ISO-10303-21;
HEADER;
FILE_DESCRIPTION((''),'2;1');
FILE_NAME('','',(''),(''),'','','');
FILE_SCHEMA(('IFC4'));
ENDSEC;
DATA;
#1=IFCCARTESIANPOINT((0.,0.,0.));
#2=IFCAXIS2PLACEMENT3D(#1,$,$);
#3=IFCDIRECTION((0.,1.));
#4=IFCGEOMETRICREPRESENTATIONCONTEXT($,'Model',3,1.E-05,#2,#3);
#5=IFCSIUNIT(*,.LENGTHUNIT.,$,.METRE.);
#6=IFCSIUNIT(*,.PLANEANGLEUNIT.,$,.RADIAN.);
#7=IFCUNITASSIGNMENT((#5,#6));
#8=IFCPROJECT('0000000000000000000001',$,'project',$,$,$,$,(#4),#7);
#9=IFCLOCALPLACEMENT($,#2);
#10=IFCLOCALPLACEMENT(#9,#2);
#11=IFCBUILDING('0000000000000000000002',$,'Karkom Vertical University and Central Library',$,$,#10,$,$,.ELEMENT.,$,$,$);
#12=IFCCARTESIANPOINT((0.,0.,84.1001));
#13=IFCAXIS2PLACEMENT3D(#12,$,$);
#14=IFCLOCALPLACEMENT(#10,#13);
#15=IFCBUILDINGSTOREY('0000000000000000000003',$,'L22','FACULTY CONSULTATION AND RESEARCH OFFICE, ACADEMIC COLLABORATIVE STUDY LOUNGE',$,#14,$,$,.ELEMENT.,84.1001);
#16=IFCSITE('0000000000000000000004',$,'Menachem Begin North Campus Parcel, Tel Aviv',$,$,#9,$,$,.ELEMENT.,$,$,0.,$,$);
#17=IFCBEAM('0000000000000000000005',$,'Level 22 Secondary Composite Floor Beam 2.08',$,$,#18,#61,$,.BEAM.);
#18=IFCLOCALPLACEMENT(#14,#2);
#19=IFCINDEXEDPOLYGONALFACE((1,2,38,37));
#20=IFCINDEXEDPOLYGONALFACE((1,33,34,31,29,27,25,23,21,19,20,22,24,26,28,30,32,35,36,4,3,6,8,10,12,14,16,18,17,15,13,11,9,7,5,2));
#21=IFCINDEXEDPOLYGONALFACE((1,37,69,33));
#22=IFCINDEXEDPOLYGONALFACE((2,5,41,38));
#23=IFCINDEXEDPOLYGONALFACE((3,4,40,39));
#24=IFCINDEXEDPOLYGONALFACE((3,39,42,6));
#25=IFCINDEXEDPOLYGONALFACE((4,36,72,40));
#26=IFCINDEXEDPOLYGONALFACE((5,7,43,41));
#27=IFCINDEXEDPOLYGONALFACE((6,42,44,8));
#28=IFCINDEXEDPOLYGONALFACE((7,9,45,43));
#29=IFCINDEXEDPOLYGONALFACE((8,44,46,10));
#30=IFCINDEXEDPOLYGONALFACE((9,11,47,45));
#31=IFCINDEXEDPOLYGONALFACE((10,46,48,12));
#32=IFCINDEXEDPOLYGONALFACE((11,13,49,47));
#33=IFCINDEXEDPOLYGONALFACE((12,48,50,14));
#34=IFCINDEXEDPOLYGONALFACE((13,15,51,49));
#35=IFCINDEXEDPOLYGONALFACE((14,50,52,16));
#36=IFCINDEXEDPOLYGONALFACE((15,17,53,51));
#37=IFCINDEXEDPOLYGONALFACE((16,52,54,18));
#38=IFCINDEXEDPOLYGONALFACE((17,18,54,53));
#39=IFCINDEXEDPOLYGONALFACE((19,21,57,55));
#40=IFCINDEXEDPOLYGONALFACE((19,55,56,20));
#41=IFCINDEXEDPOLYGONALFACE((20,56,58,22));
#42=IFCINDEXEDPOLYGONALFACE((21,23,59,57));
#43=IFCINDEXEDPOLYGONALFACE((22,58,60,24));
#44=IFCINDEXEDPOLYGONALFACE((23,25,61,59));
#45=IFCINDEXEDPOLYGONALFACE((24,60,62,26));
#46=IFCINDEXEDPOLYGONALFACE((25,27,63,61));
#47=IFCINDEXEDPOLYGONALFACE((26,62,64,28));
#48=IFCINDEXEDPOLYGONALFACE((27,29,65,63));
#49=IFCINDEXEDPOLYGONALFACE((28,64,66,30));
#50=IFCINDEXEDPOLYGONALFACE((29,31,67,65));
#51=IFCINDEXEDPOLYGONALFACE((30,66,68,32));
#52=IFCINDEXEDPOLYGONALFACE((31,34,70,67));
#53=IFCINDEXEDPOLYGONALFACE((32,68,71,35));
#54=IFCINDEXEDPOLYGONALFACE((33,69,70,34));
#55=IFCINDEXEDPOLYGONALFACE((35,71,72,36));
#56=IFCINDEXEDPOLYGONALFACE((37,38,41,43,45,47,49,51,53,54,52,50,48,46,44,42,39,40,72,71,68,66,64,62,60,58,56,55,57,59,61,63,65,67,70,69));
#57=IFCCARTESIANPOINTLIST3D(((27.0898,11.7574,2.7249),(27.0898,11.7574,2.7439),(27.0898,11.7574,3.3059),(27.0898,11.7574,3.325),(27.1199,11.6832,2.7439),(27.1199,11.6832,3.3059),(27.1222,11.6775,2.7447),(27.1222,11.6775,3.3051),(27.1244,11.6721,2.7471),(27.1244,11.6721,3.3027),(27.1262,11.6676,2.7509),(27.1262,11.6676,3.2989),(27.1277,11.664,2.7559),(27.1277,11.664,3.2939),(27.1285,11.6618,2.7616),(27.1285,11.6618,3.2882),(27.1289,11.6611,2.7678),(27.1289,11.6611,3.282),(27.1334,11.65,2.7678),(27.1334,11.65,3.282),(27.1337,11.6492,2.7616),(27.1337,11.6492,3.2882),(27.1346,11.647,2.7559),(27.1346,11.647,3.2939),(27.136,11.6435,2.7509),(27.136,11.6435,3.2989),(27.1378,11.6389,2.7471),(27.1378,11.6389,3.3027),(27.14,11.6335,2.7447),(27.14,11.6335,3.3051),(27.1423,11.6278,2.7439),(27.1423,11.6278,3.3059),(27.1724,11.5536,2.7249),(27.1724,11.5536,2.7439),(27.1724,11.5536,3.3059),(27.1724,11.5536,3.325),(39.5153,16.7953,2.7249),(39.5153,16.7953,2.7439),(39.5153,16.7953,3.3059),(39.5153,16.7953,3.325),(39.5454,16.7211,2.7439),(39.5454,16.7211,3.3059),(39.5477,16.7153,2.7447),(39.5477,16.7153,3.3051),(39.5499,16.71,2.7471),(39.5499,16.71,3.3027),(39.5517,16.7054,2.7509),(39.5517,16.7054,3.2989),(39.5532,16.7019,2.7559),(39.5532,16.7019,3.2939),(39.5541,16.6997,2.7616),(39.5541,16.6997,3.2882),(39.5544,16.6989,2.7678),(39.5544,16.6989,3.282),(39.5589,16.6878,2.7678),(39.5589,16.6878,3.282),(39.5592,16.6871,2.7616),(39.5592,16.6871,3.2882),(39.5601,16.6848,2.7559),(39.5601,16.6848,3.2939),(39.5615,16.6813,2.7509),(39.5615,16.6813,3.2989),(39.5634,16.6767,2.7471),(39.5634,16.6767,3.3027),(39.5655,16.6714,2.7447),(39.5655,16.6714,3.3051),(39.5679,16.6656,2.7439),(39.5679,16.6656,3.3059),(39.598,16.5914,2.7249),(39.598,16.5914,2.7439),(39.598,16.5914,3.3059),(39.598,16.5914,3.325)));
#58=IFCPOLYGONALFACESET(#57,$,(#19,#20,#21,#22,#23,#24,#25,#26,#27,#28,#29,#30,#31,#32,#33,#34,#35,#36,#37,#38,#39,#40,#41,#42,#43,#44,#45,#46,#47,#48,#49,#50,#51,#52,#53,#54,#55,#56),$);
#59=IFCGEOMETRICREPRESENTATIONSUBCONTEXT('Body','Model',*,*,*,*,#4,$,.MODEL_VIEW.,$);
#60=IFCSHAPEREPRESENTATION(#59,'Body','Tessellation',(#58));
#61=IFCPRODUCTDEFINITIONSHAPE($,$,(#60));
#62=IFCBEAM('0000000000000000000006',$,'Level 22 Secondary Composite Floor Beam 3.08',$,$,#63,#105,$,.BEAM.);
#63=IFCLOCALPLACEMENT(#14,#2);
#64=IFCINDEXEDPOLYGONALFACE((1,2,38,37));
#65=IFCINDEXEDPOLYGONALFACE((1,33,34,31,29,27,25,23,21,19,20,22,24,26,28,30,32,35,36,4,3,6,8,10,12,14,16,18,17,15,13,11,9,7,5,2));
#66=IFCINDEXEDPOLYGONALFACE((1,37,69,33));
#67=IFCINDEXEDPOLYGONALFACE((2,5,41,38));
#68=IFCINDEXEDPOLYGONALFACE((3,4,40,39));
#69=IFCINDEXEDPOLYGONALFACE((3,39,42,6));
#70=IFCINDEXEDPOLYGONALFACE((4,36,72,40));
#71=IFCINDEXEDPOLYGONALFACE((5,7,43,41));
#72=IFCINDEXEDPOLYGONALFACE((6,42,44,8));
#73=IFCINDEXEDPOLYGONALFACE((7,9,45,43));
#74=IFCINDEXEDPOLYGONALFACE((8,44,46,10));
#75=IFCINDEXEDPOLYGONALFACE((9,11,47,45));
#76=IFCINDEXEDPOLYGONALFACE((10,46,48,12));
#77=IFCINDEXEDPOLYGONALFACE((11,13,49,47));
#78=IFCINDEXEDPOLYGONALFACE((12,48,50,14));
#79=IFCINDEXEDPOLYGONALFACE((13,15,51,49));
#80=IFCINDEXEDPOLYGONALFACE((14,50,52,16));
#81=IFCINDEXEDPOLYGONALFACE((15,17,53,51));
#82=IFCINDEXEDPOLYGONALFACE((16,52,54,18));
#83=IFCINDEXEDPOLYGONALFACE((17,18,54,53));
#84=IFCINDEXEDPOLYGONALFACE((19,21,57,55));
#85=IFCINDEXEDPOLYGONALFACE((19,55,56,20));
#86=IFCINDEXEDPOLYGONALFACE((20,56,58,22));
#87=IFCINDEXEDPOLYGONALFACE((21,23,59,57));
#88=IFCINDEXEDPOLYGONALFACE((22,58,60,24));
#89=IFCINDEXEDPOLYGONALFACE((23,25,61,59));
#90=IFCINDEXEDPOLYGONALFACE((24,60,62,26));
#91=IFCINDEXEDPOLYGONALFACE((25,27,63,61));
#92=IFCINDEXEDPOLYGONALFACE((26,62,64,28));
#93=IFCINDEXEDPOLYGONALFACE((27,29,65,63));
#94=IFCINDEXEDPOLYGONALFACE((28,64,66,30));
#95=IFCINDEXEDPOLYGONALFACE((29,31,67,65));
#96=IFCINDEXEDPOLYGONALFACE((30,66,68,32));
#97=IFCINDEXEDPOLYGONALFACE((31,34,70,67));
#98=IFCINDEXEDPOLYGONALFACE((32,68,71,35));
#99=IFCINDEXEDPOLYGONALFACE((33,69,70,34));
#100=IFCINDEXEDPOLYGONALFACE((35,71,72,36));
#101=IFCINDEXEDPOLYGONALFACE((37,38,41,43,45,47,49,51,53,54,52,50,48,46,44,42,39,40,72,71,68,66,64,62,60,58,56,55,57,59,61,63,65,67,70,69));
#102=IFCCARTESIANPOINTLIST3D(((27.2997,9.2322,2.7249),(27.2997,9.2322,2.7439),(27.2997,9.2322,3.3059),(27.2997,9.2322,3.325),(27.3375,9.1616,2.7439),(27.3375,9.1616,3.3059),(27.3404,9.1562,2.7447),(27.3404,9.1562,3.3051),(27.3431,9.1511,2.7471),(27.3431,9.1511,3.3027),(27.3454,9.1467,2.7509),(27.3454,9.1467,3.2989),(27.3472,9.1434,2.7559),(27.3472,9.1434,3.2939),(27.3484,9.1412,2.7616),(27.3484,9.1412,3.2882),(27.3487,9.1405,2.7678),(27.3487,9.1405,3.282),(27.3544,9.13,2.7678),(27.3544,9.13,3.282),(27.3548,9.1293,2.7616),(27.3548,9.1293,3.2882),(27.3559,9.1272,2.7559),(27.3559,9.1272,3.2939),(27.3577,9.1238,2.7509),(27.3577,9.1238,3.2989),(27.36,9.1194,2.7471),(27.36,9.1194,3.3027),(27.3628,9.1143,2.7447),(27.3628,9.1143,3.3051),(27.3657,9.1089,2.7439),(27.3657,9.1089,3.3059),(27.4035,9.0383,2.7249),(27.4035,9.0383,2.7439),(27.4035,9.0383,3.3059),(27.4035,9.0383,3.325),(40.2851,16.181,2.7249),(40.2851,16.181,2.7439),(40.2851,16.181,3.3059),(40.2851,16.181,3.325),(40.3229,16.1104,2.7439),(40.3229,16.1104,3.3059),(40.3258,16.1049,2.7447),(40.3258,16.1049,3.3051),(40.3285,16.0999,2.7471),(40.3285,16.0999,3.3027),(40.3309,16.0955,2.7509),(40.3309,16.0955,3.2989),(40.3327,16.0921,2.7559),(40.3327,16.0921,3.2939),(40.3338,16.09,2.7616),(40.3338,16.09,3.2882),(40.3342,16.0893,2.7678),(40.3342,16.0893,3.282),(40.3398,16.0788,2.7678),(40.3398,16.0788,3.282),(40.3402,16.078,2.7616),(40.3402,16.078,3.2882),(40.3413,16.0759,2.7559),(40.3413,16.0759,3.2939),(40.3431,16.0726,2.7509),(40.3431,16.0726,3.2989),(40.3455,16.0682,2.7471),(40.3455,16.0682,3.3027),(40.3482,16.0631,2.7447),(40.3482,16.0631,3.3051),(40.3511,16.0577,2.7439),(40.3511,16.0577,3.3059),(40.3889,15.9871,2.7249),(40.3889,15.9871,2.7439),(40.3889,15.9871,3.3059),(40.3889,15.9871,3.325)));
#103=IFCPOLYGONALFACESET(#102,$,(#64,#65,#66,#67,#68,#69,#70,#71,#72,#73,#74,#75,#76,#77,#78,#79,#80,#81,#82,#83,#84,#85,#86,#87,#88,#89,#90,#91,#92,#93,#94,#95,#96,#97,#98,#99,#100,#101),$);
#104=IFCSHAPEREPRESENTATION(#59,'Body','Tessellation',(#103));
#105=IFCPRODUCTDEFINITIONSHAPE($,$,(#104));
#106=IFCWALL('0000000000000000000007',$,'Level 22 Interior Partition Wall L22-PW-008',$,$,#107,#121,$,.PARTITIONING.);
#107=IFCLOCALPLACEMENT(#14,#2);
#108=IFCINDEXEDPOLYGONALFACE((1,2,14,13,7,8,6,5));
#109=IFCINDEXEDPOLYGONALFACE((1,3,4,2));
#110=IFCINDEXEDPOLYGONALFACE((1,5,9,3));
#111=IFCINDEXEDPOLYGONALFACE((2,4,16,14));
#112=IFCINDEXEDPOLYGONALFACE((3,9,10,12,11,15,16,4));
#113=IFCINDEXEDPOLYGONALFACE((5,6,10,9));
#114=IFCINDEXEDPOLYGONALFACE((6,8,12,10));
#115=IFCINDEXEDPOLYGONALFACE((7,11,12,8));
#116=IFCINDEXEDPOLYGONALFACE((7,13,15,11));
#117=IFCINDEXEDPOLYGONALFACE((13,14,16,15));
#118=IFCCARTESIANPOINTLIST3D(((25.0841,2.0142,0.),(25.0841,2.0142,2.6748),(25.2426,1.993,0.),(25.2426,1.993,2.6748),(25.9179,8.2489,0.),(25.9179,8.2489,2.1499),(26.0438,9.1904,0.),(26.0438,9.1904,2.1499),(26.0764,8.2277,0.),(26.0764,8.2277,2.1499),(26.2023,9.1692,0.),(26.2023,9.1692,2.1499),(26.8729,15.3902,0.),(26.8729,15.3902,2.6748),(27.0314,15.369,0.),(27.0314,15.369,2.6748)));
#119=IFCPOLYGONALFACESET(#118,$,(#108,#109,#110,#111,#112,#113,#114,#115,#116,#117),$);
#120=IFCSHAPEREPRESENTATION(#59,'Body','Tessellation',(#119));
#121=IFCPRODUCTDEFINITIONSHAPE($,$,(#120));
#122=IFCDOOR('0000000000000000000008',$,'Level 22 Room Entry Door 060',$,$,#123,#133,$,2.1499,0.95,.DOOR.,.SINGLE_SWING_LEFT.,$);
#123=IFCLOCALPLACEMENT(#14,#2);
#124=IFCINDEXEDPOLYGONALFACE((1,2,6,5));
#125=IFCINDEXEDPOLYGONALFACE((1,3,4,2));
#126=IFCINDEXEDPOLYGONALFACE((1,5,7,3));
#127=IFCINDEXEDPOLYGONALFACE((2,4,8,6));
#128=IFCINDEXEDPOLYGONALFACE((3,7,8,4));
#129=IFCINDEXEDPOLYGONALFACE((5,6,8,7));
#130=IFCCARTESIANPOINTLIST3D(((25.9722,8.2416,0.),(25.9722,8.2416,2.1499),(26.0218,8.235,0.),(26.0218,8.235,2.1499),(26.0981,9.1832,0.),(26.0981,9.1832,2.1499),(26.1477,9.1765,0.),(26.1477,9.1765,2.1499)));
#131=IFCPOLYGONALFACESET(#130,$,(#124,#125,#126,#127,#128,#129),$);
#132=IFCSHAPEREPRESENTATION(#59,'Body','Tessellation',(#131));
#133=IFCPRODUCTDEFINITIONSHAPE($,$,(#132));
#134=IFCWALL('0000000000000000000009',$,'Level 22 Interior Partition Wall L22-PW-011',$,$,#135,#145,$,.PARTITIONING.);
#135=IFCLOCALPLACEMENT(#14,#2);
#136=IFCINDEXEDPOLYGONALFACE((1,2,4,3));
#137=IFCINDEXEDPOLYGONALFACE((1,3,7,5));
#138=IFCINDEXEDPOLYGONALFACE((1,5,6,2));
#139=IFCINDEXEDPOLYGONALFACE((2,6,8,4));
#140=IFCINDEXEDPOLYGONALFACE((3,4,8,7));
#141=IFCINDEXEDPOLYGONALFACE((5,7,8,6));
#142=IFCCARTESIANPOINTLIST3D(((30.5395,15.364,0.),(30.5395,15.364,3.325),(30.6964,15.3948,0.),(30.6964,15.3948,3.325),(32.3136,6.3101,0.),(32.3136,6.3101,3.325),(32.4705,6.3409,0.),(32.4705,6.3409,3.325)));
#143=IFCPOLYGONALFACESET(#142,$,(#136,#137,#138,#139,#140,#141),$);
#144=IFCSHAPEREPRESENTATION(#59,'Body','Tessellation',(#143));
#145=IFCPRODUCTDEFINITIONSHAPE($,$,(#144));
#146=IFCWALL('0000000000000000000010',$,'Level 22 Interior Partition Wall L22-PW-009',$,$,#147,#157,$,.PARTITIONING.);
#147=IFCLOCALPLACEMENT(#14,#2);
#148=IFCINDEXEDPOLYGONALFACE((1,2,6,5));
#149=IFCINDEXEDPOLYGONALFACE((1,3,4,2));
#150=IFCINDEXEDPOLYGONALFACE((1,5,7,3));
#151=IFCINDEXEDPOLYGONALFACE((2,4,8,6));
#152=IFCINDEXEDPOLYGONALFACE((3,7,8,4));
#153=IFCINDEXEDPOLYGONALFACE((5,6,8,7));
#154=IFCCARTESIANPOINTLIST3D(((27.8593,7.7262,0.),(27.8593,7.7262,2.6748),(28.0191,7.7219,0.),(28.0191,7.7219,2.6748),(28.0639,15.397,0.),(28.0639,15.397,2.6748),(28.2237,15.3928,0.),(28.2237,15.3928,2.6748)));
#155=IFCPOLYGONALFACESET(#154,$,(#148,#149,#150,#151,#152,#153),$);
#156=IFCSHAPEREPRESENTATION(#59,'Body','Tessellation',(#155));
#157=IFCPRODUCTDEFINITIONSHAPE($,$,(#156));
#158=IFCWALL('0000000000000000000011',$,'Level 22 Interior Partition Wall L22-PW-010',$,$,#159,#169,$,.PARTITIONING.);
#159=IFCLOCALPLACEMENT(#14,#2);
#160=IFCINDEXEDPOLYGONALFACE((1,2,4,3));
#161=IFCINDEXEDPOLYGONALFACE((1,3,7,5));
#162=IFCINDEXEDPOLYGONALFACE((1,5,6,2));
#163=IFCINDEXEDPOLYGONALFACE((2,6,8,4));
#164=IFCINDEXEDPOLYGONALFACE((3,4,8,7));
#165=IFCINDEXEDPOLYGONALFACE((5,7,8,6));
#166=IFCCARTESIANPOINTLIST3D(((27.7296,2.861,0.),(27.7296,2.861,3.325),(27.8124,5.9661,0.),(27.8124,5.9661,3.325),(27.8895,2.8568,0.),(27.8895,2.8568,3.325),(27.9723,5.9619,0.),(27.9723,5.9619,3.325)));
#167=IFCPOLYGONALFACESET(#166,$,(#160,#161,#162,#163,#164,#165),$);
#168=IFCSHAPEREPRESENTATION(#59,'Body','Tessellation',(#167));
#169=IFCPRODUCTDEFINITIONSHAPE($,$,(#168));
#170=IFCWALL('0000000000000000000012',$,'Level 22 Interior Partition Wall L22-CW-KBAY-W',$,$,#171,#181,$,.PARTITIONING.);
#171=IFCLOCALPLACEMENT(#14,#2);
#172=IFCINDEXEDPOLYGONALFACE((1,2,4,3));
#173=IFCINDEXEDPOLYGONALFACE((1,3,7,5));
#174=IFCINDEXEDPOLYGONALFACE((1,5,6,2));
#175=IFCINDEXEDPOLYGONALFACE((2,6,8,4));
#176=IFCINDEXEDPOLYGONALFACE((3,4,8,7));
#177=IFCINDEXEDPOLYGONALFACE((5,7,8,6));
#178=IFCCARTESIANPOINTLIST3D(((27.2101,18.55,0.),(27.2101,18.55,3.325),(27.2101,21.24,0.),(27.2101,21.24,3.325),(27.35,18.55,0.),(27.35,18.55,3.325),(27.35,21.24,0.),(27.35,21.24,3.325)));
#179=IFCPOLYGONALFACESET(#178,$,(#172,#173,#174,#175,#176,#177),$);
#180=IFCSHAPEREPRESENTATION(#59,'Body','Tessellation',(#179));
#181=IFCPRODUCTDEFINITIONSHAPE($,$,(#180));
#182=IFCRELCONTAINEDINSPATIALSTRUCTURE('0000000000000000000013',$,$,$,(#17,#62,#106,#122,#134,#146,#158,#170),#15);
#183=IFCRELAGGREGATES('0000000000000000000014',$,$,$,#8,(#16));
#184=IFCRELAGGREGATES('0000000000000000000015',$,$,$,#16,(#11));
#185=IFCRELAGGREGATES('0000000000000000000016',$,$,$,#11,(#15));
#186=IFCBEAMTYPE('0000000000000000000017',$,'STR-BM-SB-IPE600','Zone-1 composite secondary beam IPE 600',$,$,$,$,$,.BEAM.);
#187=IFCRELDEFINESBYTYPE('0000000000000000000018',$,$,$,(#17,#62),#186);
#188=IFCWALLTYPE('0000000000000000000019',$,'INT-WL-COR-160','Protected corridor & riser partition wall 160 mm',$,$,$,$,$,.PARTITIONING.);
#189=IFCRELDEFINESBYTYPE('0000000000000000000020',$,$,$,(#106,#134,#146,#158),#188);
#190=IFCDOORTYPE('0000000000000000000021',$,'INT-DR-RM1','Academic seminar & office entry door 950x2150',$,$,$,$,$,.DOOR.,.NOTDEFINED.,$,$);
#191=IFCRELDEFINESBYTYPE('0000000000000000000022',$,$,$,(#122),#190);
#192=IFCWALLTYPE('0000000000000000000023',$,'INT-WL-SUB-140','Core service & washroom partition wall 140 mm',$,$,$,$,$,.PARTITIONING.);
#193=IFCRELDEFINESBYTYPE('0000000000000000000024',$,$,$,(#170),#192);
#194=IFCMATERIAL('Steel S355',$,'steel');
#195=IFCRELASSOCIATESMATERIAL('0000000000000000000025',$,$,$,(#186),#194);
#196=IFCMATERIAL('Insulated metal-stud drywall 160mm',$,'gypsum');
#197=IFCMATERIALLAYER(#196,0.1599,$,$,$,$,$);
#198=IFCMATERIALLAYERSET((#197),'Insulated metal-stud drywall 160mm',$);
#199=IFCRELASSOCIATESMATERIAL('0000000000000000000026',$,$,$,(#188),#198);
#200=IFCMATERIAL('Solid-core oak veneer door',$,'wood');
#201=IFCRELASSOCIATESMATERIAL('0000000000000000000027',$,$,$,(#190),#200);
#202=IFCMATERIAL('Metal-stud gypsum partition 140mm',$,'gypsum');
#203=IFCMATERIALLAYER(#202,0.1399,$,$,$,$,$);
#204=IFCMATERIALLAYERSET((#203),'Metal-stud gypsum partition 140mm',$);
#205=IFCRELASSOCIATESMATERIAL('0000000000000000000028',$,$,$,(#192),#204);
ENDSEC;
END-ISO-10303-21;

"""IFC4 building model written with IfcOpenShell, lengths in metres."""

from ifc_helpers import new_model, si_unit, direction, frame, frame_2d, origin, origin_with_axes, origin_2d, place, context, subcontext, project, spatial, rectangle, i_section, extrude, source, transform, mapped, material, layer, layer_set, material_profile, profile_set, type_object, element, fill, save


model = new_model("IFC4")

# Units and contexts
model_context = context("Model", 3, precision=1e-05, world=origin(), true_north=direction((0.0, 1.0)))
body_context = subcontext(model_context, "Body", "Model", "MODEL_VIEW")
ifc_project = project(units=[si_unit("LENGTHUNIT", "METRE"), si_unit("PLANEANGLEUNIT", "RADIAN")], contexts=[model_context])

# Site, building, storey
site_placement = place(None, origin())
site = spatial("IfcSite", under=ifc_project, at=site_placement, Name="Menachem Begin North Campus Parcel, Tel Aviv", CompositionType="ELEMENT", RefElevation=0.0)
building_placement = place(site_placement, origin())
building = spatial("IfcBuilding", under=site, at=building_placement, Name="Karkom Vertical University and Central Library", CompositionType="ELEMENT")
storey_placement = place(building_placement, frame((0.0, 0.0, 84.1001)))
storey = spatial("IfcBuildingStorey", under=building, at=storey_placement, Name="L22", Description="FACULTY CONSULTATION AND RESEARCH OFFICE, ACADEMIC COLLABORATIVE STUDY LOUNGE", CompositionType="ELEMENT", Elevation=84.1001)

# Beams
ifc_material_1 = material(Name="Steel S355", Category="steel")
ifc_material_profile_1 = material_profile(ifc_material_1, i_section(OverallWidth=0.22, OverallDepth=0.6001, WebThickness=0.012, FlangeThickness=0.019, FilletRadius=0.0239, at=origin_2d()), Name="IPE 600")
ifc_profile_set_1 = profile_set([ifc_material_profile_1], Name="Steel S355")
beam_type_1 = type_object("IfcBeamType", Name="STR-BM-SB-IPE600", Description="Zone-1 composite secondary beam IPE 600", PredefinedType="BEAM", material=ifc_profile_set_1)
shared_shape_1 = source(origin_with_axes(), body_context, "Body", "SweptSolid", [
    extrude(i_section(OverallWidth=0.22, OverallDepth=0.6001, WebThickness=0.012, FlangeThickness=0.019, FilletRadius=0.0239, at=origin_2d()), origin(), (0.0, 0.0, 1.0), 13.408),
])
beam_1_placement = place(storey_placement, frame((27.1311, 11.6555, 3.0249), z_axis=(0.926727, 0.375735, 0.0), x_axis=(-0.375735, 0.926727, 0.0)))
element("IfcBeam", 1, at=beam_1_placement, inside=storey, type_object=beam_type_1, Name="Level 22 Secondary Composite Floor Beam 2.08", PredefinedType="BEAM", context=body_context, shape_type="MappedRepresentation", body=[
    mapped(shared_shape_1, transform((0.0, 0.0, 0.0), scale=1.0)),
])
shared_shape_2 = source(origin_with_axes(), body_context, "Body", "SweptSolid", [
    extrude(i_section(OverallWidth=0.22, OverallDepth=0.6001, WebThickness=0.012, FlangeThickness=0.019, FilletRadius=0.0239, at=origin_2d()), origin(), (0.0, 0.0, 1.0), 14.7278),
])
beam_2_placement = place(storey_placement, frame((27.3516, 9.1353, 3.0249), z_axis=(0.881698, 0.471815, 0.0), x_axis=(-0.471815, 0.881698, 0.0)))
element("IfcBeam", 2, at=beam_2_placement, inside=storey, type_object=beam_type_1, Name="Level 22 Secondary Composite Floor Beam 3.08", PredefinedType="BEAM", context=body_context, shape_type="MappedRepresentation", body=[
    mapped(shared_shape_2, transform((0.0, 0.0, 0.0), scale=1.0)),
])

# Wall, opening, door
ifc_material_2 = material(Name="Insulated metal-stud drywall 160mm", Category="gypsum")
ifc_layer_1 = layer(ifc_material_2, 0.1599)
ifc_layer_set_1 = layer_set([ifc_layer_1], Name="Insulated metal-stud drywall 160mm")
wall_type_1 = type_object("IfcWallType", Name="INT-WL-COR-160", Description="Protected corridor & riser partition wall 160 mm", PredefinedType="PARTITIONING", material=ifc_layer_set_1)
wall_1_placement = place(storey_placement, frame((26.9521, 15.3796, 0.0), z_axis=(0.0, 0.0, 1.0), x_axis=(-0.132554, -0.991176, 0.0)))
wall_1 = element("IfcWall", 3, at=wall_1_placement, inside=storey, type_object=wall_type_1, Name="Level 22 Interior Partition Wall L22-PW-008", PredefinedType="PARTITIONING", context=body_context, shape_type="SweptSolid", body=[
    extrude(rectangle(XDim=13.4951, YDim=0.1599, at=frame_2d((6.7476, 0.0))), origin(), (0.0, 0.0, 1.0), 2.6748),
])
opening_placement = place(wall_1_placement, frame((6.2549, 0.0, 0.0)))
opening = element("IfcOpeningElement", 4, at=opening_placement, cuts=wall_1, PredefinedType="OPENING", context=body_context, shape_type="SweptSolid", body=[
    extrude(rectangle(XDim=0.95, YDim=2.1499, at=frame_2d((0.4751, 1.075))), frame((0.0, 0.0898, 0.0), z_axis=(0.0, -1.0, 0.0), x_axis=(1.0, 0.0, 0.0)), (0.0, 0.0, 1.0), 0.1799),
])
ifc_material_3 = material(Name="Solid-core oak veneer door", Category="wood")
door_type = type_object("IfcDoorType", Name="INT-DR-RM1", Description="Academic seminar & office entry door 950x2150", OperationType="NOTDEFINED", PredefinedType="DOOR", material=ifc_material_3)
shared_shape_3 = source(origin_with_axes(), body_context, "Body", "SweptSolid", [
    extrude(rectangle(XDim=0.95, YDim=2.1499, at=frame_2d((0.4751, 1.075))), frame((0.0, 0.0249, 0.0), z_axis=(0.0, -1.0, 0.0), x_axis=(1.0, 0.0, 0.0)), (0.0, 0.0, 1.0), 0.05),
])
door_placement = place(opening_placement, origin())
door = element("IfcDoor", 5, at=door_placement, inside=storey, type_object=door_type, Name="Level 22 Room Entry Door 060", OperationType="SINGLE_SWING_LEFT", OverallHeight=2.1499, OverallWidth=0.95, PredefinedType="DOOR", context=body_context, shape_type="MappedRepresentation", body=[
    mapped(shared_shape_3, transform((0.0, 0.0, 0.0), scale=1.0)),
])
fill(opening, door)

# Walls
wall_2_placement = place(storey_placement, frame((30.6179, 15.3794, 0.0), z_axis=(0.0, 0.0, 1.0), x_axis=(0.192298, -0.981337, 0.0)))
element("IfcWall", 6, at=wall_2_placement, inside=storey, type_object=wall_type_1, Name="Level 22 Interior Partition Wall L22-PW-011", PredefinedType="PARTITIONING", context=body_context, shape_type="SweptSolid", body=[
    extrude(rectangle(XDim=9.2261, YDim=0.1599, at=frame_2d((4.613, 0.0))), origin(), (0.0, 0.0, 1.0), 3.325),
])
wall_3_placement = place(storey_placement, frame((28.1438, 15.395, 0.0), z_axis=(0.0, 0.0, 1.0), x_axis=(-0.026661, -0.999645, 0.0)))
element("IfcWall", 7, at=wall_3_placement, inside=storey, type_object=wall_type_1, Name="Level 22 Interior Partition Wall L22-PW-009", PredefinedType="PARTITIONING", context=body_context, shape_type="SweptSolid", body=[
    extrude(rectangle(XDim=7.6736, YDim=0.1599, at=frame_2d((3.8369, 0.0))), origin(), (0.0, 0.0, 1.0), 2.6748),
])
wall_4_placement = place(storey_placement, frame((27.8923, 5.9641, 0.0), z_axis=(0.0, 0.0, 1.0), x_axis=(-0.026646, -0.999645, 0.0)))
element("IfcWall", 8, at=wall_4_placement, inside=storey, type_object=wall_type_1, Name="Level 22 Interior Partition Wall L22-PW-010", PredefinedType="PARTITIONING", context=body_context, shape_type="SweptSolid", body=[
    extrude(rectangle(XDim=3.1062, YDim=0.1599, at=frame_2d((1.5532, 0.0))), origin(), (0.0, 0.0, 1.0), 3.325),
])
ifc_material_4 = material(Name="Metal-stud gypsum partition 140mm", Category="gypsum")
ifc_layer_2 = layer(ifc_material_4, 0.1399)
ifc_layer_set_2 = layer_set([ifc_layer_2], Name="Metal-stud gypsum partition 140mm")
wall_type_2 = type_object("IfcWallType", Name="INT-WL-SUB-140", Description="Core service & washroom partition wall 140 mm", PredefinedType="PARTITIONING", material=ifc_layer_set_2)
wall_5_placement = place(storey_placement, frame((27.28, 18.55, 0.0), z_axis=(0.0, 0.0, 1.0), x_axis=(0.0, 1.0, 0.0)))
element("IfcWall", 9, at=wall_5_placement, inside=storey, type_object=wall_type_2, Name="Level 22 Interior Partition Wall L22-CW-KBAY-W", PredefinedType="PARTITIONING", context=body_context, shape_type="SweptSolid", body=[
    extrude(rectangle(XDim=2.6899, YDim=0.1399, at=frame_2d((1.345, 0.0))), origin(), (0.0, 0.0, 1.0), 3.325),
])

save(model, "model.ifc")
